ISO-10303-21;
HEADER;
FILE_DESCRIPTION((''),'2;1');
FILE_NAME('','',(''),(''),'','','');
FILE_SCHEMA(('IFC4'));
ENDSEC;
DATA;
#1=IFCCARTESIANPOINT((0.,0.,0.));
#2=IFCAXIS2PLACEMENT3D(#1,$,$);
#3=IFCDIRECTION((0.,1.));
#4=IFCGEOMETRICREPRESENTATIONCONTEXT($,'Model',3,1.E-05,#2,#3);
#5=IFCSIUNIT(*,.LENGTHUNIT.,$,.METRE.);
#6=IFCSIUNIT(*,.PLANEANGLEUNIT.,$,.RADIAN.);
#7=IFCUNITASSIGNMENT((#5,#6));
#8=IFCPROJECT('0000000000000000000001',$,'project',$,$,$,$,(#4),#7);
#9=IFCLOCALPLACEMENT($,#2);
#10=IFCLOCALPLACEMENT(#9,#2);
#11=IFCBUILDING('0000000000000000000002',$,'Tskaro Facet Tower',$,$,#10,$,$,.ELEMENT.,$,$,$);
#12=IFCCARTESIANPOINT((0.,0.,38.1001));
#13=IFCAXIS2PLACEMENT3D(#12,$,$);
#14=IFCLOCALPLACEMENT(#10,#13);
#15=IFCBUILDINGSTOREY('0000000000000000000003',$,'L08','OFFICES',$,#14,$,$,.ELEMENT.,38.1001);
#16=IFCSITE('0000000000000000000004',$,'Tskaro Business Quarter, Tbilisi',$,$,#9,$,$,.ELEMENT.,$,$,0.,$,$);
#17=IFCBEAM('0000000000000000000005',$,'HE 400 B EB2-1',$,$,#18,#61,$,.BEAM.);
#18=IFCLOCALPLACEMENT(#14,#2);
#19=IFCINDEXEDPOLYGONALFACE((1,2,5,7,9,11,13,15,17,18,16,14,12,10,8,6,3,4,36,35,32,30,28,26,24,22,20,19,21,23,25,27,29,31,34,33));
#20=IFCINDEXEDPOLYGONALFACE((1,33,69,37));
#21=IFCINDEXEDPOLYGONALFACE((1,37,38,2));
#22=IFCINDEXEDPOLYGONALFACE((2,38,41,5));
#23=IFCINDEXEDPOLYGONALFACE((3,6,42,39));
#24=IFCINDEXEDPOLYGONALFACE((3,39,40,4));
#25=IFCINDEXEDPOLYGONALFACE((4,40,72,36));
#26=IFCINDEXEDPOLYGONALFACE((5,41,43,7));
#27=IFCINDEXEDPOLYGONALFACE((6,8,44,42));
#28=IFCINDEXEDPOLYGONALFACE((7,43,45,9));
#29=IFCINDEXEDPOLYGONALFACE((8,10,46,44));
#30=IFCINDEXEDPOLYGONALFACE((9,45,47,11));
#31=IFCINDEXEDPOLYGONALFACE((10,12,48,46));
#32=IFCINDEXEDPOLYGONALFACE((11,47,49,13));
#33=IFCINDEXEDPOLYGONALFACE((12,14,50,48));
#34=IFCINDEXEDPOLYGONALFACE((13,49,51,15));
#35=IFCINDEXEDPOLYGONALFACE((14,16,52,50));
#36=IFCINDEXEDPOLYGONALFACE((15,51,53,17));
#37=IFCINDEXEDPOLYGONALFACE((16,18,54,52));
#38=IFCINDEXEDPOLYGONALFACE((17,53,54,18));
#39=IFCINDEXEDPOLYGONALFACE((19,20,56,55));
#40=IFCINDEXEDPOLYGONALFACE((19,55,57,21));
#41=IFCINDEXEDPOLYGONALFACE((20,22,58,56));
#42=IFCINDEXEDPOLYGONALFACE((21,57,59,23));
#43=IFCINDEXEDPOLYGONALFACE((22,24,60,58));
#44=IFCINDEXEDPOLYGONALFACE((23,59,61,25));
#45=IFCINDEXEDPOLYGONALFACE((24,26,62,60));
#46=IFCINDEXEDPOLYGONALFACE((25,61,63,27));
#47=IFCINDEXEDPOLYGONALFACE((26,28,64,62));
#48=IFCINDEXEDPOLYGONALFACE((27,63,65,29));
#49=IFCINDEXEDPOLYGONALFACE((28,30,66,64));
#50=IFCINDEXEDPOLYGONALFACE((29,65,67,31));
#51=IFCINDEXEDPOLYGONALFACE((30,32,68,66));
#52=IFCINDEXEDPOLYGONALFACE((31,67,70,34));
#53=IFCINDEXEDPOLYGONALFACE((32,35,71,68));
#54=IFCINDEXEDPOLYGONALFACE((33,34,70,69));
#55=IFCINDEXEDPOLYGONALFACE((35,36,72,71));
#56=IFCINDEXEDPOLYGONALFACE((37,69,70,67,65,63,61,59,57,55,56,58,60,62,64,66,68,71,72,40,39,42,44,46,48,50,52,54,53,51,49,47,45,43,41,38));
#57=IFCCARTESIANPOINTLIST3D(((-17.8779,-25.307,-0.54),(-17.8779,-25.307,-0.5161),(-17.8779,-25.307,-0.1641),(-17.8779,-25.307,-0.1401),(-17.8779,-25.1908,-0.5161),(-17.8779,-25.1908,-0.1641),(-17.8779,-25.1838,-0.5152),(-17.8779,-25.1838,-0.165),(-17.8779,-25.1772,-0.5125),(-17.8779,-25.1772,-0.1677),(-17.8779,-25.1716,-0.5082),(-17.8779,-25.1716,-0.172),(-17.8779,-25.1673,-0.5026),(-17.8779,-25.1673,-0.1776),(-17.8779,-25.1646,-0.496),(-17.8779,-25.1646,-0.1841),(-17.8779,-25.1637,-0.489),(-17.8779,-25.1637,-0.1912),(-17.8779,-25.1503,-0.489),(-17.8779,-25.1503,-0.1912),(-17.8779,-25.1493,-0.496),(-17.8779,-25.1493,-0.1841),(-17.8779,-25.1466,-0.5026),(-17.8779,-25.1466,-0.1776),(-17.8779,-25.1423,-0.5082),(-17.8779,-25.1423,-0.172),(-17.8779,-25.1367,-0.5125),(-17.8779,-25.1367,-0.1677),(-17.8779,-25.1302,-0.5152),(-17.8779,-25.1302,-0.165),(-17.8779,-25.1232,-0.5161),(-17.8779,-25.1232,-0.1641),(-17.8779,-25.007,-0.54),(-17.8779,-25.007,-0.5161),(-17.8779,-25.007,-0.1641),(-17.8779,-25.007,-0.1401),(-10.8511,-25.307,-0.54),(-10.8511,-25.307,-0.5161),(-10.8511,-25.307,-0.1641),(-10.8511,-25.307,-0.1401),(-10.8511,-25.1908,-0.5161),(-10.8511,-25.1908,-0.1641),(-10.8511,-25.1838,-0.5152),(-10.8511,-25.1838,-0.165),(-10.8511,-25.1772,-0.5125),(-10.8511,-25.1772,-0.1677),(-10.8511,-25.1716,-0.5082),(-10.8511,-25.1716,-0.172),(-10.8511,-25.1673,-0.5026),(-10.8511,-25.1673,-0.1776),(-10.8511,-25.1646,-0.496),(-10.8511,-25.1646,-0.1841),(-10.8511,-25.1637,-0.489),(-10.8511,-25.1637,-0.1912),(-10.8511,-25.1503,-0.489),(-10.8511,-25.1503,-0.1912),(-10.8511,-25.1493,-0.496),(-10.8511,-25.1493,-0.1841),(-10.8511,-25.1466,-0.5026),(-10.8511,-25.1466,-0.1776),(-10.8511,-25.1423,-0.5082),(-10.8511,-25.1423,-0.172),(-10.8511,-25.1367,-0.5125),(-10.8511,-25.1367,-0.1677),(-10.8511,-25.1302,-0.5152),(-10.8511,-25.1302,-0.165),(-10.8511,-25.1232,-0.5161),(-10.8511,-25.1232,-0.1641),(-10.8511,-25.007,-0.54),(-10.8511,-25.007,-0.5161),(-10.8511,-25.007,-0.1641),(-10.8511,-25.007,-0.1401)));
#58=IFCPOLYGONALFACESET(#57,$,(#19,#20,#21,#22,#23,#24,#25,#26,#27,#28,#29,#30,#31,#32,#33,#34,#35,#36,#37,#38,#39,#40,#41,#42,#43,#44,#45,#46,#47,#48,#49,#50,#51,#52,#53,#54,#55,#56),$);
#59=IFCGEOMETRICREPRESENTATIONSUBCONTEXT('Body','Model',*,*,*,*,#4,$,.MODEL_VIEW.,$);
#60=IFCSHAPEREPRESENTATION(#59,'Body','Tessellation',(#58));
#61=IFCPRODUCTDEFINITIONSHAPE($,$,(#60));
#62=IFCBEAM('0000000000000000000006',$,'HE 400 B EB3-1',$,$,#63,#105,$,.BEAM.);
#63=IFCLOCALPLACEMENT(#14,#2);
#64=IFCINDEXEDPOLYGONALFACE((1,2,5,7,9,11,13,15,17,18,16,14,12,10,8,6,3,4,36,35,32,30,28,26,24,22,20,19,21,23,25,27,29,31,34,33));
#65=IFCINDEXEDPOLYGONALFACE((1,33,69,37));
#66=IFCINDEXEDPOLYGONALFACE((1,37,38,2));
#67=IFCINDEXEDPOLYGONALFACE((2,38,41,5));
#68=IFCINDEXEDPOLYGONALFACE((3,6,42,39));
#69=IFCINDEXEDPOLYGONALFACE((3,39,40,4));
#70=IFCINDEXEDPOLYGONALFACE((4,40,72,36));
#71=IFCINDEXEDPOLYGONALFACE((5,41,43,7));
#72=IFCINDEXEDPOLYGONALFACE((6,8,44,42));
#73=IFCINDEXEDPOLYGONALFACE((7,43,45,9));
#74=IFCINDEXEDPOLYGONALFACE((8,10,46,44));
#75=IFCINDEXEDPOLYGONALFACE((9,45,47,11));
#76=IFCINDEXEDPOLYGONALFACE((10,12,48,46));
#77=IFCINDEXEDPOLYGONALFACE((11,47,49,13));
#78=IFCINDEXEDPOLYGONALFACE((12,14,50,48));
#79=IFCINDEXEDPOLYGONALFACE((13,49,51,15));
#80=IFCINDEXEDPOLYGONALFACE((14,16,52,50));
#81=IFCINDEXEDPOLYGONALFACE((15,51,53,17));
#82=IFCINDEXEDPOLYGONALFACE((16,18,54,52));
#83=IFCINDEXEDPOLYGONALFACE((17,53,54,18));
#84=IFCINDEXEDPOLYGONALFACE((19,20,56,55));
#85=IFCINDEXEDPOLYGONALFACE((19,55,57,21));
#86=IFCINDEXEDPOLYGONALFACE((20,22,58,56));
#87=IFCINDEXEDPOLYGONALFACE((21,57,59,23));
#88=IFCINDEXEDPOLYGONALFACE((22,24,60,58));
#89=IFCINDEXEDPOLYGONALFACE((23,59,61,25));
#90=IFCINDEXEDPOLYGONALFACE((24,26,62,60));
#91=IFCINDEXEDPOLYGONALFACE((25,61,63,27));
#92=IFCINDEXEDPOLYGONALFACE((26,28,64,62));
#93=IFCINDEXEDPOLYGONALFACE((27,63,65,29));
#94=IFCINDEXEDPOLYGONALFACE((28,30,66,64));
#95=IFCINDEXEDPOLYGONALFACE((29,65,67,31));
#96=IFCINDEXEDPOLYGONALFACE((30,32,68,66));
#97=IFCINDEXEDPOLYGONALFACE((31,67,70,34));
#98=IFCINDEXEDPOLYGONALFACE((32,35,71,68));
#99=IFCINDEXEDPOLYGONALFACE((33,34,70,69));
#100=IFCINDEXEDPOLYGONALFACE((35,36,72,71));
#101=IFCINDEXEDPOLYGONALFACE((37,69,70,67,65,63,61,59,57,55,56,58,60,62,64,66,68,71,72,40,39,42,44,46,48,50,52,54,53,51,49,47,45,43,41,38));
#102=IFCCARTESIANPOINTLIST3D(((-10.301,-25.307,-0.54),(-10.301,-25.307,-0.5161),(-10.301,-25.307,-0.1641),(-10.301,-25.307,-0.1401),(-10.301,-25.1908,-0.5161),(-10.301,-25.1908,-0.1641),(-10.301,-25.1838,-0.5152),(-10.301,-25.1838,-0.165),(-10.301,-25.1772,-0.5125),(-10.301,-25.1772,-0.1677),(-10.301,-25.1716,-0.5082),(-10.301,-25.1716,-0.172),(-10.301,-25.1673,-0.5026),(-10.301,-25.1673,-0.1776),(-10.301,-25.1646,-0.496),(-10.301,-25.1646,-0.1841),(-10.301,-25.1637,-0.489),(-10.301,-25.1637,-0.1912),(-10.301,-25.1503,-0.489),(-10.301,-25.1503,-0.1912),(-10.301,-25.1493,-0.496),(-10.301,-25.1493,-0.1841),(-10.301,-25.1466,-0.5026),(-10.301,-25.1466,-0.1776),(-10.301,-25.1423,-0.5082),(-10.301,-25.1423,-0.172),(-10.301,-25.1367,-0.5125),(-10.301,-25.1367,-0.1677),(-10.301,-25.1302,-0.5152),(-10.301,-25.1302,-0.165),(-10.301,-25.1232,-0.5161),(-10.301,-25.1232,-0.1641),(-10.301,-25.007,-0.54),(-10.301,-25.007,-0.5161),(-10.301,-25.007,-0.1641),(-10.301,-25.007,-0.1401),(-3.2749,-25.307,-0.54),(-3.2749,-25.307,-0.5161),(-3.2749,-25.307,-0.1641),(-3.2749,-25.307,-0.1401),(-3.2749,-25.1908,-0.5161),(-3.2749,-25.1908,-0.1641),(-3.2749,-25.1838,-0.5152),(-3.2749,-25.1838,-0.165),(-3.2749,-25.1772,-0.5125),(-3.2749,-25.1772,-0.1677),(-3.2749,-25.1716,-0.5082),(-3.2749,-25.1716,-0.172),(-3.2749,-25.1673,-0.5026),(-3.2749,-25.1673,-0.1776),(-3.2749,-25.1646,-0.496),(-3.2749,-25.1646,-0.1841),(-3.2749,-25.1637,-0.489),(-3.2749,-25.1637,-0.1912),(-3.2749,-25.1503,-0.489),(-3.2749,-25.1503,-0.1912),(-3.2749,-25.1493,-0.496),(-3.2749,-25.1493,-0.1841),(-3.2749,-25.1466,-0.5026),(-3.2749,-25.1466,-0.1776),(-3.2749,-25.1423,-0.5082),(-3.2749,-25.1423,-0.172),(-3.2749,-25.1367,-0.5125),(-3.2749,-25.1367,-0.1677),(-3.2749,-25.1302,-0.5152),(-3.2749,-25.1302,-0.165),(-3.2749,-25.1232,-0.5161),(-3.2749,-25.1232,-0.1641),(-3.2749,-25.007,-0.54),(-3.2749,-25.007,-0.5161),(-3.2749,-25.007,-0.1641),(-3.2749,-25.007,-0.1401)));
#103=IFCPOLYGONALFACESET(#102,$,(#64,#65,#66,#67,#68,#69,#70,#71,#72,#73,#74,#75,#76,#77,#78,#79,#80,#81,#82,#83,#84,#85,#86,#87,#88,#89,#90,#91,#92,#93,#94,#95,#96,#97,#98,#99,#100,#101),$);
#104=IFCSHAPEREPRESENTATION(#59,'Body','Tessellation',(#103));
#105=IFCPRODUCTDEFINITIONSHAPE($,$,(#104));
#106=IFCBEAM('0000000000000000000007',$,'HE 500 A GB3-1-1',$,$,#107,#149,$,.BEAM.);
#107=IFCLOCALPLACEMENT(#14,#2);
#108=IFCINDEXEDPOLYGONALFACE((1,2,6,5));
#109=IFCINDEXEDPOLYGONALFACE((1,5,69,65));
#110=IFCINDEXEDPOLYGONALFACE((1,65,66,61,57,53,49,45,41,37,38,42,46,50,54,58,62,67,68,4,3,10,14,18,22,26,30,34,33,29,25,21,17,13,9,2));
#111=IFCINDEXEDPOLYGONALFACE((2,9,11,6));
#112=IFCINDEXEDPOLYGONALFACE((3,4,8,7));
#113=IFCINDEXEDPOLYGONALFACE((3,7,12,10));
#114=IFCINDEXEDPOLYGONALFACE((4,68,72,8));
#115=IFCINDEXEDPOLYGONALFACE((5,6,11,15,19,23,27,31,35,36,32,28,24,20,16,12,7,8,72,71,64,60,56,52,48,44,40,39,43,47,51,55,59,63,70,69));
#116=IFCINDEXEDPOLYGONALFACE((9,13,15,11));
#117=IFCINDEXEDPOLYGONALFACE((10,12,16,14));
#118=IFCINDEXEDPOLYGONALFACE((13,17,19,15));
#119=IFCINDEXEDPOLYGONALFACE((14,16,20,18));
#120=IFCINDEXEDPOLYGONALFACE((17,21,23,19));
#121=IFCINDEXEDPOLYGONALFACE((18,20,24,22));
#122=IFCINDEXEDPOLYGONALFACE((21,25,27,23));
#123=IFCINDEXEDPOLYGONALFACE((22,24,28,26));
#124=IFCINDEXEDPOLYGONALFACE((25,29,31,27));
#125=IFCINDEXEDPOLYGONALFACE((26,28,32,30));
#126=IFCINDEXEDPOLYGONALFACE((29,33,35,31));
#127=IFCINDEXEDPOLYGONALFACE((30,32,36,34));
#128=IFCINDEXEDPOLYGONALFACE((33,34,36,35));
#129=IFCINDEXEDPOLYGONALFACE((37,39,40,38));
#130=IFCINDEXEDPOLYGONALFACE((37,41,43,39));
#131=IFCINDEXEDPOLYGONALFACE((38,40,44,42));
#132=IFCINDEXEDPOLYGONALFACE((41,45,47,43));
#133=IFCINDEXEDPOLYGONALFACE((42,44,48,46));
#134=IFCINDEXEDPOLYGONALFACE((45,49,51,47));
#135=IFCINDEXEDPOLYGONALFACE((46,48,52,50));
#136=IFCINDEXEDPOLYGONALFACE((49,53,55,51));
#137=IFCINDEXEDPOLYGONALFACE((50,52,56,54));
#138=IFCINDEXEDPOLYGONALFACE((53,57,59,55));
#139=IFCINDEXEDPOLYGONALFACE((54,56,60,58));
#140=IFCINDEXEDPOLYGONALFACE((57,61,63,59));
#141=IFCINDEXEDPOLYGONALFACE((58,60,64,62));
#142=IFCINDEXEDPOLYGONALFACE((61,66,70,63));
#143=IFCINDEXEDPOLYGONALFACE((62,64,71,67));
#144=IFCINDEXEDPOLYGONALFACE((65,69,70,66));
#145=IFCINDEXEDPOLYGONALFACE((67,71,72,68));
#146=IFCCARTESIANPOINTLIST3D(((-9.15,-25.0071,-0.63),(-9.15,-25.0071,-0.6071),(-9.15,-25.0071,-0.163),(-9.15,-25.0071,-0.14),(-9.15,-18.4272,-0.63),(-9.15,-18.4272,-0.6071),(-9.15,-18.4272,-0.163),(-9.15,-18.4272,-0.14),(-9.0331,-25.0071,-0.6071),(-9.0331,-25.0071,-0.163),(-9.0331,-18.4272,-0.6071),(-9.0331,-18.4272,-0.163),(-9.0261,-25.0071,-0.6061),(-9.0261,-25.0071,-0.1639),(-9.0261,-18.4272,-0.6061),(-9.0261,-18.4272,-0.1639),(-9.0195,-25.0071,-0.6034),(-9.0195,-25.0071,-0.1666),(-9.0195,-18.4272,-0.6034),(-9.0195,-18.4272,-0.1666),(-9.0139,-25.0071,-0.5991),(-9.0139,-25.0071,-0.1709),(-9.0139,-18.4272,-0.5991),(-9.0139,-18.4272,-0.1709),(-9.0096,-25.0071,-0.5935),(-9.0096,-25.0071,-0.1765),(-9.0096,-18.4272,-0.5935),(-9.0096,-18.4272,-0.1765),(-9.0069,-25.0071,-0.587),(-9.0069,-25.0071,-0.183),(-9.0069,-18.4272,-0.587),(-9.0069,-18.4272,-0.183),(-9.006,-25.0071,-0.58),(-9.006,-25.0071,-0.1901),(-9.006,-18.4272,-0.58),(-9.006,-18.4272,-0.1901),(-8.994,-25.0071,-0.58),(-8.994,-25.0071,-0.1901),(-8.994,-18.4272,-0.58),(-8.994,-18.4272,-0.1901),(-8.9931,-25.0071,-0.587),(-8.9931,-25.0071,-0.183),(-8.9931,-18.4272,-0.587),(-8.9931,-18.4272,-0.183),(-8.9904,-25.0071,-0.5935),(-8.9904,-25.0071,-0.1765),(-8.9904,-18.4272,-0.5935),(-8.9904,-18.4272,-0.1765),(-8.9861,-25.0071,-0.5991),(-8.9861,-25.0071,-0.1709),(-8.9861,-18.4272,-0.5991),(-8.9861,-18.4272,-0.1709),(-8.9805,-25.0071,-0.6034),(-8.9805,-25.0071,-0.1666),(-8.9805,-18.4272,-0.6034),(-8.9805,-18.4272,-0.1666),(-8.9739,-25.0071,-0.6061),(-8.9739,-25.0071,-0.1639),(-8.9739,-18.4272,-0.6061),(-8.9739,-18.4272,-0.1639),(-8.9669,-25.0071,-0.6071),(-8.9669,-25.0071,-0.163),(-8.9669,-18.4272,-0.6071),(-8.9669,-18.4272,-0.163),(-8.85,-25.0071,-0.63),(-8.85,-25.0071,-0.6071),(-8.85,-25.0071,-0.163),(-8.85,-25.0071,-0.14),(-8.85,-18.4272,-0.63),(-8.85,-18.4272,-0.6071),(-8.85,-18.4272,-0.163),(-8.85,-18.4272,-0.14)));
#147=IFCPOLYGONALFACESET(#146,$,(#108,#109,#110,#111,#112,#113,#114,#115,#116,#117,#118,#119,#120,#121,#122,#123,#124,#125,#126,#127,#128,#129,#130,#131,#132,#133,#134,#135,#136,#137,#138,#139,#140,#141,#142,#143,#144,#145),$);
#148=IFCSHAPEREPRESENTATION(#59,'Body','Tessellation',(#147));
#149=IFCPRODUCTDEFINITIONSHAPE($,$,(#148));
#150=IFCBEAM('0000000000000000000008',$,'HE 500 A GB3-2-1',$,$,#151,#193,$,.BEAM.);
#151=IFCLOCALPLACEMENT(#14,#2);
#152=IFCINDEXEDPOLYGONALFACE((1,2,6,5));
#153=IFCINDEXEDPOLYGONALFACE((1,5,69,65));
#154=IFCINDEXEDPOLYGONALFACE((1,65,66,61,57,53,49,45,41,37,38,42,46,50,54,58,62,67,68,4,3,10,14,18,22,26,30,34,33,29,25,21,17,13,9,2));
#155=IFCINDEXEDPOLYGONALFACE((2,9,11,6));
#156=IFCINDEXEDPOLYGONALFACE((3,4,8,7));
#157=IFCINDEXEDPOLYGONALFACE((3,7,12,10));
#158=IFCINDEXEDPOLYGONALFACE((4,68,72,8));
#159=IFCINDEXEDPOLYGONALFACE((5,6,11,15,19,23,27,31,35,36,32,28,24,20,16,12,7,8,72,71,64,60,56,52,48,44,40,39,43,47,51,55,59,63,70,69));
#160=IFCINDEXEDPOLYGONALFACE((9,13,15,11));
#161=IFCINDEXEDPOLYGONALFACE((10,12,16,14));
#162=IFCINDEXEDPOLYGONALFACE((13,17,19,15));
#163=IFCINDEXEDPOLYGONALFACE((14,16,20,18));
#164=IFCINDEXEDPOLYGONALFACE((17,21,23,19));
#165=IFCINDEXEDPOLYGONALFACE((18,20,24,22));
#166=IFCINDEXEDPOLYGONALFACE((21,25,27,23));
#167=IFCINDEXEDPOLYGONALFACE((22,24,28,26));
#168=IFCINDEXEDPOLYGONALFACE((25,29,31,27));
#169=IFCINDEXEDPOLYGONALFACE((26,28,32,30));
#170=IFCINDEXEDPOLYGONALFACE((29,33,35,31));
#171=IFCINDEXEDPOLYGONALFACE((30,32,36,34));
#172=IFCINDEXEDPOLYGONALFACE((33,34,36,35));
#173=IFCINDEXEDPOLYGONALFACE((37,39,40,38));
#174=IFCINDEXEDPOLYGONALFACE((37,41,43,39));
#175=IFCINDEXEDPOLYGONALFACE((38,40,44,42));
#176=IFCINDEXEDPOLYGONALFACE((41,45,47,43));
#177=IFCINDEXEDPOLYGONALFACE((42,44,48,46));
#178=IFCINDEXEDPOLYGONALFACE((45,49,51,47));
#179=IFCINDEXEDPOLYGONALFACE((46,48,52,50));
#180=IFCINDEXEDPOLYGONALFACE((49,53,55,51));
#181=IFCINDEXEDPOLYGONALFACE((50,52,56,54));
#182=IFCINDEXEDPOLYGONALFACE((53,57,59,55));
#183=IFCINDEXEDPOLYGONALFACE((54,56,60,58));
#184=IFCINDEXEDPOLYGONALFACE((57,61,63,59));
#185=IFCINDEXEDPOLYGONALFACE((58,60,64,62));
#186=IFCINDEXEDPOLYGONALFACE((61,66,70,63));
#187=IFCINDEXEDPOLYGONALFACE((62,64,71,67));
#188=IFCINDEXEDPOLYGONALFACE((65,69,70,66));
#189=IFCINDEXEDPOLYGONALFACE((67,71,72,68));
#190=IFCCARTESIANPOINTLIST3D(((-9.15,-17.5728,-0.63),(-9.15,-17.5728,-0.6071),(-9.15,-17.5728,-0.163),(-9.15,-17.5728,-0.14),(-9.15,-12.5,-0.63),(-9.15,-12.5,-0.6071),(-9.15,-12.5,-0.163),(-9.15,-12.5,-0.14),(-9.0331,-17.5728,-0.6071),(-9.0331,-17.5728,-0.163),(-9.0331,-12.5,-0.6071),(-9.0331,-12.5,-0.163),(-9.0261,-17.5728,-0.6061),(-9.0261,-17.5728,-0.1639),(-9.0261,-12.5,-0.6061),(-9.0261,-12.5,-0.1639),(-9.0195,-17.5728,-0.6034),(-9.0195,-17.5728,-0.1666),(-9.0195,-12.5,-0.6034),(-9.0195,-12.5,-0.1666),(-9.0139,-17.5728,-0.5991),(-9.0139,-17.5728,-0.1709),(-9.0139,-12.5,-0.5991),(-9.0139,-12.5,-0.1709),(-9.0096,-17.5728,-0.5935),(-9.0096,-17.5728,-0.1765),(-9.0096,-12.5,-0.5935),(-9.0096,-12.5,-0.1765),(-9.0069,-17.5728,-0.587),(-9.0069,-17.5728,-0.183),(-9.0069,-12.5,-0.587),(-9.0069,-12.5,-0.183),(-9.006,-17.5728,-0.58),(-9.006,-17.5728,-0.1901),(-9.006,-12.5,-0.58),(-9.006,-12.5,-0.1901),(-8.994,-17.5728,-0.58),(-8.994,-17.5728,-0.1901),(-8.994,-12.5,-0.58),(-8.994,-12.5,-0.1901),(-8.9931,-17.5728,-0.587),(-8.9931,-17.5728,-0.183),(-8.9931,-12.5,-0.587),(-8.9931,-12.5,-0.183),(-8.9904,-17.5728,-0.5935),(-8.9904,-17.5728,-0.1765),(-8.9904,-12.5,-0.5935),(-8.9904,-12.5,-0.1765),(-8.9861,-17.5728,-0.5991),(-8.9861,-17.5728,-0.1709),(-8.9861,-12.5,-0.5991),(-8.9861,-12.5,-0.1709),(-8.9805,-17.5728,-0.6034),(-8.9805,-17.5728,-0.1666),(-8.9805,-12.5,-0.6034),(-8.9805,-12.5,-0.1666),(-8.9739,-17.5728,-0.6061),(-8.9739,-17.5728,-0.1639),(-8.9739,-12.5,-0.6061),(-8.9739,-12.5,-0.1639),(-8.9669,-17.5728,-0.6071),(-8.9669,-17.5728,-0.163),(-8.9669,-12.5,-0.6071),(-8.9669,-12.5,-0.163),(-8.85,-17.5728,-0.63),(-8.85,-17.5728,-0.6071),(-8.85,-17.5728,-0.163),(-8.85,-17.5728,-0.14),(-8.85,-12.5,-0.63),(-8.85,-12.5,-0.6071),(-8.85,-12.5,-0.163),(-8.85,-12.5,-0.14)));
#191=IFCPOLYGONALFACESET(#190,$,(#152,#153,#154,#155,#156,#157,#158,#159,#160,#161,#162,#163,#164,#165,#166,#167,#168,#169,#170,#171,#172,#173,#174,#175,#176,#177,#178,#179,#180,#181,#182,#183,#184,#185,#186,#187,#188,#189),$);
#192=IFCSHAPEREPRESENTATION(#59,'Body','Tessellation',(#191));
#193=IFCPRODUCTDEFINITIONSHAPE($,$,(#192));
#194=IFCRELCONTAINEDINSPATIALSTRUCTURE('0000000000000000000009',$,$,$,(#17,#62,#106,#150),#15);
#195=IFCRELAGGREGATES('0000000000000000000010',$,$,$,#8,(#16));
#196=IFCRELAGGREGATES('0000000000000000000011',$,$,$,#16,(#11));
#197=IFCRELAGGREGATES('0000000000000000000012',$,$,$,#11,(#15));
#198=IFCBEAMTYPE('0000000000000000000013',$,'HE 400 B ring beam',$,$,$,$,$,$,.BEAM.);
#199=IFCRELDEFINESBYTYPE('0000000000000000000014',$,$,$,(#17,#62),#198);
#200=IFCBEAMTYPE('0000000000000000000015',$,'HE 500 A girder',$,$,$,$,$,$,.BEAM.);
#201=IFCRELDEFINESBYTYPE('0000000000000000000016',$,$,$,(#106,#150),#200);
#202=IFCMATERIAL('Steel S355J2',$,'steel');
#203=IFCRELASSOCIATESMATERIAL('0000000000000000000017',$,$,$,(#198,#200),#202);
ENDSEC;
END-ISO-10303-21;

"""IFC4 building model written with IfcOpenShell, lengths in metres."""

from ifc_helpers import new_model, si_unit, direction, frame, origin, origin_2d, place, context, subcontext, project, spatial, i_section, extrude, material, material_profile, profile_set, type_object, element, save


model = new_model("IFC4")

# Units and contexts
model_context = context("Model", 3, precision=1e-05, world=origin(), true_north=direction((0.0, 1.0)))
body_context = subcontext(model_context, "Body", "Model", "MODEL_VIEW")
ifc_project = project(units=[si_unit("LENGTHUNIT", "METRE"), si_unit("PLANEANGLEUNIT", "RADIAN")], contexts=[model_context])

# Site, building, storey
site_placement = place(None, origin())
site = spatial("IfcSite", under=ifc_project, at=site_placement, Name="Tskaro Business Quarter, Tbilisi", CompositionType="ELEMENT", RefElevation=0.0)
building_placement = place(site_placement, origin())
building = spatial("IfcBuilding", under=site, at=building_placement, Name="Tskaro Facet Tower", CompositionType="ELEMENT")
storey_placement = place(building_placement, frame((0.0, 0.0, 38.1001)))
storey = spatial("IfcBuildingStorey", under=building, at=storey_placement, Name="L08", Description="OFFICES", CompositionType="ELEMENT", Elevation=38.1001)

# Beams
ifc_material_1 = material(Name="Steel S355J2", Category="steel")
ifc_material_profile_1 = material_profile(ifc_material_1, i_section(OverallWidth=0.3, OverallDepth=0.3999, WebThickness=0.0134, FlangeThickness=0.0239, FilletRadius=0.0271, at=origin_2d()), Name="HE 400 B")
ifc_profile_set_1 = profile_set([ifc_material_profile_1], Name="Steel S355J2")
beam_type_1 = type_object("IfcBeamType", Name="HE 400 B ring beam", PredefinedType="BEAM", material=ifc_profile_set_1)
beam_1_placement = place(storey_placement, frame((-17.8779, -25.157, -0.3401), z_axis=(1.0, 0.0, 0.0), x_axis=(0.0, 1.0, 0.0)))
element("IfcBeam", 1, at=beam_1_placement, inside=storey, type_object=beam_type_1, Name="HE 400 B EB2-1", PredefinedType="BEAM", context=body_context, shape_type="SweptSolid", body=[
    extrude(i_section(OverallWidth=0.3, OverallDepth=0.3999, WebThickness=0.0134, FlangeThickness=0.0239, FilletRadius=0.0271, at=origin_2d()), origin(), (0.0, 0.0, 1.0), 7.0269),
])
beam_2_placement = place(storey_placement, frame((-10.301, -25.157, -0.3401), z_axis=(1.0, 0.0, 0.0), x_axis=(0.0, 1.0, 0.0)))
element("IfcBeam", 2, at=beam_2_placement, inside=storey, type_object=beam_type_1, Name="HE 400 B EB3-1", PredefinedType="BEAM", context=body_context, shape_type="SweptSolid", body=[
    extrude(i_section(OverallWidth=0.3, OverallDepth=0.3999, WebThickness=0.0134, FlangeThickness=0.0239, FilletRadius=0.0271, at=origin_2d()), origin(), (0.0, 0.0, 1.0), 7.0261),
])
ifc_material_profile_2 = material_profile(ifc_material_1, i_section(OverallWidth=0.3, OverallDepth=0.49, WebThickness=0.012, FlangeThickness=0.0229, FilletRadius=0.0271, at=origin_2d()), Name="HE 500 A")
ifc_profile_set_2 = profile_set([ifc_material_profile_2], Name="Steel S355J2")
beam_type_2 = type_object("IfcBeamType", Name="HE 500 A girder", PredefinedType="BEAM", material=ifc_profile_set_2)
beam_3_placement = place(storey_placement, frame((-9.0, -25.0071, -0.385), z_axis=(0.0, 1.0, 0.0), x_axis=(-1.0, 0.0, 0.0)))
element("IfcBeam", 3, at=beam_3_placement, inside=storey, type_object=beam_type_2, Name="HE 500 A GB3-1-1", PredefinedType="BEAM", context=body_context, shape_type="SweptSolid", body=[
    extrude(i_section(OverallWidth=0.3, OverallDepth=0.49, WebThickness=0.012, FlangeThickness=0.0229, FilletRadius=0.0271, at=origin_2d()), origin(), (0.0, 0.0, 1.0), 6.5798),
])
beam_4_placement = place(storey_placement, frame((-9.0, -17.5728, -0.385), z_axis=(0.0, 1.0, 0.0), x_axis=(-1.0, 0.0, 0.0)))
element("IfcBeam", 4, at=beam_4_placement, inside=storey, type_object=beam_type_2, Name="HE 500 A GB3-2-1", PredefinedType="BEAM", context=body_context, shape_type="SweptSolid", body=[
    extrude(i_section(OverallWidth=0.3, OverallDepth=0.49, WebThickness=0.012, FlangeThickness=0.0229, FilletRadius=0.0271, at=origin_2d()), origin(), (0.0, 0.0, 1.0), 5.0728),
])

save(model, "model.ifc")
